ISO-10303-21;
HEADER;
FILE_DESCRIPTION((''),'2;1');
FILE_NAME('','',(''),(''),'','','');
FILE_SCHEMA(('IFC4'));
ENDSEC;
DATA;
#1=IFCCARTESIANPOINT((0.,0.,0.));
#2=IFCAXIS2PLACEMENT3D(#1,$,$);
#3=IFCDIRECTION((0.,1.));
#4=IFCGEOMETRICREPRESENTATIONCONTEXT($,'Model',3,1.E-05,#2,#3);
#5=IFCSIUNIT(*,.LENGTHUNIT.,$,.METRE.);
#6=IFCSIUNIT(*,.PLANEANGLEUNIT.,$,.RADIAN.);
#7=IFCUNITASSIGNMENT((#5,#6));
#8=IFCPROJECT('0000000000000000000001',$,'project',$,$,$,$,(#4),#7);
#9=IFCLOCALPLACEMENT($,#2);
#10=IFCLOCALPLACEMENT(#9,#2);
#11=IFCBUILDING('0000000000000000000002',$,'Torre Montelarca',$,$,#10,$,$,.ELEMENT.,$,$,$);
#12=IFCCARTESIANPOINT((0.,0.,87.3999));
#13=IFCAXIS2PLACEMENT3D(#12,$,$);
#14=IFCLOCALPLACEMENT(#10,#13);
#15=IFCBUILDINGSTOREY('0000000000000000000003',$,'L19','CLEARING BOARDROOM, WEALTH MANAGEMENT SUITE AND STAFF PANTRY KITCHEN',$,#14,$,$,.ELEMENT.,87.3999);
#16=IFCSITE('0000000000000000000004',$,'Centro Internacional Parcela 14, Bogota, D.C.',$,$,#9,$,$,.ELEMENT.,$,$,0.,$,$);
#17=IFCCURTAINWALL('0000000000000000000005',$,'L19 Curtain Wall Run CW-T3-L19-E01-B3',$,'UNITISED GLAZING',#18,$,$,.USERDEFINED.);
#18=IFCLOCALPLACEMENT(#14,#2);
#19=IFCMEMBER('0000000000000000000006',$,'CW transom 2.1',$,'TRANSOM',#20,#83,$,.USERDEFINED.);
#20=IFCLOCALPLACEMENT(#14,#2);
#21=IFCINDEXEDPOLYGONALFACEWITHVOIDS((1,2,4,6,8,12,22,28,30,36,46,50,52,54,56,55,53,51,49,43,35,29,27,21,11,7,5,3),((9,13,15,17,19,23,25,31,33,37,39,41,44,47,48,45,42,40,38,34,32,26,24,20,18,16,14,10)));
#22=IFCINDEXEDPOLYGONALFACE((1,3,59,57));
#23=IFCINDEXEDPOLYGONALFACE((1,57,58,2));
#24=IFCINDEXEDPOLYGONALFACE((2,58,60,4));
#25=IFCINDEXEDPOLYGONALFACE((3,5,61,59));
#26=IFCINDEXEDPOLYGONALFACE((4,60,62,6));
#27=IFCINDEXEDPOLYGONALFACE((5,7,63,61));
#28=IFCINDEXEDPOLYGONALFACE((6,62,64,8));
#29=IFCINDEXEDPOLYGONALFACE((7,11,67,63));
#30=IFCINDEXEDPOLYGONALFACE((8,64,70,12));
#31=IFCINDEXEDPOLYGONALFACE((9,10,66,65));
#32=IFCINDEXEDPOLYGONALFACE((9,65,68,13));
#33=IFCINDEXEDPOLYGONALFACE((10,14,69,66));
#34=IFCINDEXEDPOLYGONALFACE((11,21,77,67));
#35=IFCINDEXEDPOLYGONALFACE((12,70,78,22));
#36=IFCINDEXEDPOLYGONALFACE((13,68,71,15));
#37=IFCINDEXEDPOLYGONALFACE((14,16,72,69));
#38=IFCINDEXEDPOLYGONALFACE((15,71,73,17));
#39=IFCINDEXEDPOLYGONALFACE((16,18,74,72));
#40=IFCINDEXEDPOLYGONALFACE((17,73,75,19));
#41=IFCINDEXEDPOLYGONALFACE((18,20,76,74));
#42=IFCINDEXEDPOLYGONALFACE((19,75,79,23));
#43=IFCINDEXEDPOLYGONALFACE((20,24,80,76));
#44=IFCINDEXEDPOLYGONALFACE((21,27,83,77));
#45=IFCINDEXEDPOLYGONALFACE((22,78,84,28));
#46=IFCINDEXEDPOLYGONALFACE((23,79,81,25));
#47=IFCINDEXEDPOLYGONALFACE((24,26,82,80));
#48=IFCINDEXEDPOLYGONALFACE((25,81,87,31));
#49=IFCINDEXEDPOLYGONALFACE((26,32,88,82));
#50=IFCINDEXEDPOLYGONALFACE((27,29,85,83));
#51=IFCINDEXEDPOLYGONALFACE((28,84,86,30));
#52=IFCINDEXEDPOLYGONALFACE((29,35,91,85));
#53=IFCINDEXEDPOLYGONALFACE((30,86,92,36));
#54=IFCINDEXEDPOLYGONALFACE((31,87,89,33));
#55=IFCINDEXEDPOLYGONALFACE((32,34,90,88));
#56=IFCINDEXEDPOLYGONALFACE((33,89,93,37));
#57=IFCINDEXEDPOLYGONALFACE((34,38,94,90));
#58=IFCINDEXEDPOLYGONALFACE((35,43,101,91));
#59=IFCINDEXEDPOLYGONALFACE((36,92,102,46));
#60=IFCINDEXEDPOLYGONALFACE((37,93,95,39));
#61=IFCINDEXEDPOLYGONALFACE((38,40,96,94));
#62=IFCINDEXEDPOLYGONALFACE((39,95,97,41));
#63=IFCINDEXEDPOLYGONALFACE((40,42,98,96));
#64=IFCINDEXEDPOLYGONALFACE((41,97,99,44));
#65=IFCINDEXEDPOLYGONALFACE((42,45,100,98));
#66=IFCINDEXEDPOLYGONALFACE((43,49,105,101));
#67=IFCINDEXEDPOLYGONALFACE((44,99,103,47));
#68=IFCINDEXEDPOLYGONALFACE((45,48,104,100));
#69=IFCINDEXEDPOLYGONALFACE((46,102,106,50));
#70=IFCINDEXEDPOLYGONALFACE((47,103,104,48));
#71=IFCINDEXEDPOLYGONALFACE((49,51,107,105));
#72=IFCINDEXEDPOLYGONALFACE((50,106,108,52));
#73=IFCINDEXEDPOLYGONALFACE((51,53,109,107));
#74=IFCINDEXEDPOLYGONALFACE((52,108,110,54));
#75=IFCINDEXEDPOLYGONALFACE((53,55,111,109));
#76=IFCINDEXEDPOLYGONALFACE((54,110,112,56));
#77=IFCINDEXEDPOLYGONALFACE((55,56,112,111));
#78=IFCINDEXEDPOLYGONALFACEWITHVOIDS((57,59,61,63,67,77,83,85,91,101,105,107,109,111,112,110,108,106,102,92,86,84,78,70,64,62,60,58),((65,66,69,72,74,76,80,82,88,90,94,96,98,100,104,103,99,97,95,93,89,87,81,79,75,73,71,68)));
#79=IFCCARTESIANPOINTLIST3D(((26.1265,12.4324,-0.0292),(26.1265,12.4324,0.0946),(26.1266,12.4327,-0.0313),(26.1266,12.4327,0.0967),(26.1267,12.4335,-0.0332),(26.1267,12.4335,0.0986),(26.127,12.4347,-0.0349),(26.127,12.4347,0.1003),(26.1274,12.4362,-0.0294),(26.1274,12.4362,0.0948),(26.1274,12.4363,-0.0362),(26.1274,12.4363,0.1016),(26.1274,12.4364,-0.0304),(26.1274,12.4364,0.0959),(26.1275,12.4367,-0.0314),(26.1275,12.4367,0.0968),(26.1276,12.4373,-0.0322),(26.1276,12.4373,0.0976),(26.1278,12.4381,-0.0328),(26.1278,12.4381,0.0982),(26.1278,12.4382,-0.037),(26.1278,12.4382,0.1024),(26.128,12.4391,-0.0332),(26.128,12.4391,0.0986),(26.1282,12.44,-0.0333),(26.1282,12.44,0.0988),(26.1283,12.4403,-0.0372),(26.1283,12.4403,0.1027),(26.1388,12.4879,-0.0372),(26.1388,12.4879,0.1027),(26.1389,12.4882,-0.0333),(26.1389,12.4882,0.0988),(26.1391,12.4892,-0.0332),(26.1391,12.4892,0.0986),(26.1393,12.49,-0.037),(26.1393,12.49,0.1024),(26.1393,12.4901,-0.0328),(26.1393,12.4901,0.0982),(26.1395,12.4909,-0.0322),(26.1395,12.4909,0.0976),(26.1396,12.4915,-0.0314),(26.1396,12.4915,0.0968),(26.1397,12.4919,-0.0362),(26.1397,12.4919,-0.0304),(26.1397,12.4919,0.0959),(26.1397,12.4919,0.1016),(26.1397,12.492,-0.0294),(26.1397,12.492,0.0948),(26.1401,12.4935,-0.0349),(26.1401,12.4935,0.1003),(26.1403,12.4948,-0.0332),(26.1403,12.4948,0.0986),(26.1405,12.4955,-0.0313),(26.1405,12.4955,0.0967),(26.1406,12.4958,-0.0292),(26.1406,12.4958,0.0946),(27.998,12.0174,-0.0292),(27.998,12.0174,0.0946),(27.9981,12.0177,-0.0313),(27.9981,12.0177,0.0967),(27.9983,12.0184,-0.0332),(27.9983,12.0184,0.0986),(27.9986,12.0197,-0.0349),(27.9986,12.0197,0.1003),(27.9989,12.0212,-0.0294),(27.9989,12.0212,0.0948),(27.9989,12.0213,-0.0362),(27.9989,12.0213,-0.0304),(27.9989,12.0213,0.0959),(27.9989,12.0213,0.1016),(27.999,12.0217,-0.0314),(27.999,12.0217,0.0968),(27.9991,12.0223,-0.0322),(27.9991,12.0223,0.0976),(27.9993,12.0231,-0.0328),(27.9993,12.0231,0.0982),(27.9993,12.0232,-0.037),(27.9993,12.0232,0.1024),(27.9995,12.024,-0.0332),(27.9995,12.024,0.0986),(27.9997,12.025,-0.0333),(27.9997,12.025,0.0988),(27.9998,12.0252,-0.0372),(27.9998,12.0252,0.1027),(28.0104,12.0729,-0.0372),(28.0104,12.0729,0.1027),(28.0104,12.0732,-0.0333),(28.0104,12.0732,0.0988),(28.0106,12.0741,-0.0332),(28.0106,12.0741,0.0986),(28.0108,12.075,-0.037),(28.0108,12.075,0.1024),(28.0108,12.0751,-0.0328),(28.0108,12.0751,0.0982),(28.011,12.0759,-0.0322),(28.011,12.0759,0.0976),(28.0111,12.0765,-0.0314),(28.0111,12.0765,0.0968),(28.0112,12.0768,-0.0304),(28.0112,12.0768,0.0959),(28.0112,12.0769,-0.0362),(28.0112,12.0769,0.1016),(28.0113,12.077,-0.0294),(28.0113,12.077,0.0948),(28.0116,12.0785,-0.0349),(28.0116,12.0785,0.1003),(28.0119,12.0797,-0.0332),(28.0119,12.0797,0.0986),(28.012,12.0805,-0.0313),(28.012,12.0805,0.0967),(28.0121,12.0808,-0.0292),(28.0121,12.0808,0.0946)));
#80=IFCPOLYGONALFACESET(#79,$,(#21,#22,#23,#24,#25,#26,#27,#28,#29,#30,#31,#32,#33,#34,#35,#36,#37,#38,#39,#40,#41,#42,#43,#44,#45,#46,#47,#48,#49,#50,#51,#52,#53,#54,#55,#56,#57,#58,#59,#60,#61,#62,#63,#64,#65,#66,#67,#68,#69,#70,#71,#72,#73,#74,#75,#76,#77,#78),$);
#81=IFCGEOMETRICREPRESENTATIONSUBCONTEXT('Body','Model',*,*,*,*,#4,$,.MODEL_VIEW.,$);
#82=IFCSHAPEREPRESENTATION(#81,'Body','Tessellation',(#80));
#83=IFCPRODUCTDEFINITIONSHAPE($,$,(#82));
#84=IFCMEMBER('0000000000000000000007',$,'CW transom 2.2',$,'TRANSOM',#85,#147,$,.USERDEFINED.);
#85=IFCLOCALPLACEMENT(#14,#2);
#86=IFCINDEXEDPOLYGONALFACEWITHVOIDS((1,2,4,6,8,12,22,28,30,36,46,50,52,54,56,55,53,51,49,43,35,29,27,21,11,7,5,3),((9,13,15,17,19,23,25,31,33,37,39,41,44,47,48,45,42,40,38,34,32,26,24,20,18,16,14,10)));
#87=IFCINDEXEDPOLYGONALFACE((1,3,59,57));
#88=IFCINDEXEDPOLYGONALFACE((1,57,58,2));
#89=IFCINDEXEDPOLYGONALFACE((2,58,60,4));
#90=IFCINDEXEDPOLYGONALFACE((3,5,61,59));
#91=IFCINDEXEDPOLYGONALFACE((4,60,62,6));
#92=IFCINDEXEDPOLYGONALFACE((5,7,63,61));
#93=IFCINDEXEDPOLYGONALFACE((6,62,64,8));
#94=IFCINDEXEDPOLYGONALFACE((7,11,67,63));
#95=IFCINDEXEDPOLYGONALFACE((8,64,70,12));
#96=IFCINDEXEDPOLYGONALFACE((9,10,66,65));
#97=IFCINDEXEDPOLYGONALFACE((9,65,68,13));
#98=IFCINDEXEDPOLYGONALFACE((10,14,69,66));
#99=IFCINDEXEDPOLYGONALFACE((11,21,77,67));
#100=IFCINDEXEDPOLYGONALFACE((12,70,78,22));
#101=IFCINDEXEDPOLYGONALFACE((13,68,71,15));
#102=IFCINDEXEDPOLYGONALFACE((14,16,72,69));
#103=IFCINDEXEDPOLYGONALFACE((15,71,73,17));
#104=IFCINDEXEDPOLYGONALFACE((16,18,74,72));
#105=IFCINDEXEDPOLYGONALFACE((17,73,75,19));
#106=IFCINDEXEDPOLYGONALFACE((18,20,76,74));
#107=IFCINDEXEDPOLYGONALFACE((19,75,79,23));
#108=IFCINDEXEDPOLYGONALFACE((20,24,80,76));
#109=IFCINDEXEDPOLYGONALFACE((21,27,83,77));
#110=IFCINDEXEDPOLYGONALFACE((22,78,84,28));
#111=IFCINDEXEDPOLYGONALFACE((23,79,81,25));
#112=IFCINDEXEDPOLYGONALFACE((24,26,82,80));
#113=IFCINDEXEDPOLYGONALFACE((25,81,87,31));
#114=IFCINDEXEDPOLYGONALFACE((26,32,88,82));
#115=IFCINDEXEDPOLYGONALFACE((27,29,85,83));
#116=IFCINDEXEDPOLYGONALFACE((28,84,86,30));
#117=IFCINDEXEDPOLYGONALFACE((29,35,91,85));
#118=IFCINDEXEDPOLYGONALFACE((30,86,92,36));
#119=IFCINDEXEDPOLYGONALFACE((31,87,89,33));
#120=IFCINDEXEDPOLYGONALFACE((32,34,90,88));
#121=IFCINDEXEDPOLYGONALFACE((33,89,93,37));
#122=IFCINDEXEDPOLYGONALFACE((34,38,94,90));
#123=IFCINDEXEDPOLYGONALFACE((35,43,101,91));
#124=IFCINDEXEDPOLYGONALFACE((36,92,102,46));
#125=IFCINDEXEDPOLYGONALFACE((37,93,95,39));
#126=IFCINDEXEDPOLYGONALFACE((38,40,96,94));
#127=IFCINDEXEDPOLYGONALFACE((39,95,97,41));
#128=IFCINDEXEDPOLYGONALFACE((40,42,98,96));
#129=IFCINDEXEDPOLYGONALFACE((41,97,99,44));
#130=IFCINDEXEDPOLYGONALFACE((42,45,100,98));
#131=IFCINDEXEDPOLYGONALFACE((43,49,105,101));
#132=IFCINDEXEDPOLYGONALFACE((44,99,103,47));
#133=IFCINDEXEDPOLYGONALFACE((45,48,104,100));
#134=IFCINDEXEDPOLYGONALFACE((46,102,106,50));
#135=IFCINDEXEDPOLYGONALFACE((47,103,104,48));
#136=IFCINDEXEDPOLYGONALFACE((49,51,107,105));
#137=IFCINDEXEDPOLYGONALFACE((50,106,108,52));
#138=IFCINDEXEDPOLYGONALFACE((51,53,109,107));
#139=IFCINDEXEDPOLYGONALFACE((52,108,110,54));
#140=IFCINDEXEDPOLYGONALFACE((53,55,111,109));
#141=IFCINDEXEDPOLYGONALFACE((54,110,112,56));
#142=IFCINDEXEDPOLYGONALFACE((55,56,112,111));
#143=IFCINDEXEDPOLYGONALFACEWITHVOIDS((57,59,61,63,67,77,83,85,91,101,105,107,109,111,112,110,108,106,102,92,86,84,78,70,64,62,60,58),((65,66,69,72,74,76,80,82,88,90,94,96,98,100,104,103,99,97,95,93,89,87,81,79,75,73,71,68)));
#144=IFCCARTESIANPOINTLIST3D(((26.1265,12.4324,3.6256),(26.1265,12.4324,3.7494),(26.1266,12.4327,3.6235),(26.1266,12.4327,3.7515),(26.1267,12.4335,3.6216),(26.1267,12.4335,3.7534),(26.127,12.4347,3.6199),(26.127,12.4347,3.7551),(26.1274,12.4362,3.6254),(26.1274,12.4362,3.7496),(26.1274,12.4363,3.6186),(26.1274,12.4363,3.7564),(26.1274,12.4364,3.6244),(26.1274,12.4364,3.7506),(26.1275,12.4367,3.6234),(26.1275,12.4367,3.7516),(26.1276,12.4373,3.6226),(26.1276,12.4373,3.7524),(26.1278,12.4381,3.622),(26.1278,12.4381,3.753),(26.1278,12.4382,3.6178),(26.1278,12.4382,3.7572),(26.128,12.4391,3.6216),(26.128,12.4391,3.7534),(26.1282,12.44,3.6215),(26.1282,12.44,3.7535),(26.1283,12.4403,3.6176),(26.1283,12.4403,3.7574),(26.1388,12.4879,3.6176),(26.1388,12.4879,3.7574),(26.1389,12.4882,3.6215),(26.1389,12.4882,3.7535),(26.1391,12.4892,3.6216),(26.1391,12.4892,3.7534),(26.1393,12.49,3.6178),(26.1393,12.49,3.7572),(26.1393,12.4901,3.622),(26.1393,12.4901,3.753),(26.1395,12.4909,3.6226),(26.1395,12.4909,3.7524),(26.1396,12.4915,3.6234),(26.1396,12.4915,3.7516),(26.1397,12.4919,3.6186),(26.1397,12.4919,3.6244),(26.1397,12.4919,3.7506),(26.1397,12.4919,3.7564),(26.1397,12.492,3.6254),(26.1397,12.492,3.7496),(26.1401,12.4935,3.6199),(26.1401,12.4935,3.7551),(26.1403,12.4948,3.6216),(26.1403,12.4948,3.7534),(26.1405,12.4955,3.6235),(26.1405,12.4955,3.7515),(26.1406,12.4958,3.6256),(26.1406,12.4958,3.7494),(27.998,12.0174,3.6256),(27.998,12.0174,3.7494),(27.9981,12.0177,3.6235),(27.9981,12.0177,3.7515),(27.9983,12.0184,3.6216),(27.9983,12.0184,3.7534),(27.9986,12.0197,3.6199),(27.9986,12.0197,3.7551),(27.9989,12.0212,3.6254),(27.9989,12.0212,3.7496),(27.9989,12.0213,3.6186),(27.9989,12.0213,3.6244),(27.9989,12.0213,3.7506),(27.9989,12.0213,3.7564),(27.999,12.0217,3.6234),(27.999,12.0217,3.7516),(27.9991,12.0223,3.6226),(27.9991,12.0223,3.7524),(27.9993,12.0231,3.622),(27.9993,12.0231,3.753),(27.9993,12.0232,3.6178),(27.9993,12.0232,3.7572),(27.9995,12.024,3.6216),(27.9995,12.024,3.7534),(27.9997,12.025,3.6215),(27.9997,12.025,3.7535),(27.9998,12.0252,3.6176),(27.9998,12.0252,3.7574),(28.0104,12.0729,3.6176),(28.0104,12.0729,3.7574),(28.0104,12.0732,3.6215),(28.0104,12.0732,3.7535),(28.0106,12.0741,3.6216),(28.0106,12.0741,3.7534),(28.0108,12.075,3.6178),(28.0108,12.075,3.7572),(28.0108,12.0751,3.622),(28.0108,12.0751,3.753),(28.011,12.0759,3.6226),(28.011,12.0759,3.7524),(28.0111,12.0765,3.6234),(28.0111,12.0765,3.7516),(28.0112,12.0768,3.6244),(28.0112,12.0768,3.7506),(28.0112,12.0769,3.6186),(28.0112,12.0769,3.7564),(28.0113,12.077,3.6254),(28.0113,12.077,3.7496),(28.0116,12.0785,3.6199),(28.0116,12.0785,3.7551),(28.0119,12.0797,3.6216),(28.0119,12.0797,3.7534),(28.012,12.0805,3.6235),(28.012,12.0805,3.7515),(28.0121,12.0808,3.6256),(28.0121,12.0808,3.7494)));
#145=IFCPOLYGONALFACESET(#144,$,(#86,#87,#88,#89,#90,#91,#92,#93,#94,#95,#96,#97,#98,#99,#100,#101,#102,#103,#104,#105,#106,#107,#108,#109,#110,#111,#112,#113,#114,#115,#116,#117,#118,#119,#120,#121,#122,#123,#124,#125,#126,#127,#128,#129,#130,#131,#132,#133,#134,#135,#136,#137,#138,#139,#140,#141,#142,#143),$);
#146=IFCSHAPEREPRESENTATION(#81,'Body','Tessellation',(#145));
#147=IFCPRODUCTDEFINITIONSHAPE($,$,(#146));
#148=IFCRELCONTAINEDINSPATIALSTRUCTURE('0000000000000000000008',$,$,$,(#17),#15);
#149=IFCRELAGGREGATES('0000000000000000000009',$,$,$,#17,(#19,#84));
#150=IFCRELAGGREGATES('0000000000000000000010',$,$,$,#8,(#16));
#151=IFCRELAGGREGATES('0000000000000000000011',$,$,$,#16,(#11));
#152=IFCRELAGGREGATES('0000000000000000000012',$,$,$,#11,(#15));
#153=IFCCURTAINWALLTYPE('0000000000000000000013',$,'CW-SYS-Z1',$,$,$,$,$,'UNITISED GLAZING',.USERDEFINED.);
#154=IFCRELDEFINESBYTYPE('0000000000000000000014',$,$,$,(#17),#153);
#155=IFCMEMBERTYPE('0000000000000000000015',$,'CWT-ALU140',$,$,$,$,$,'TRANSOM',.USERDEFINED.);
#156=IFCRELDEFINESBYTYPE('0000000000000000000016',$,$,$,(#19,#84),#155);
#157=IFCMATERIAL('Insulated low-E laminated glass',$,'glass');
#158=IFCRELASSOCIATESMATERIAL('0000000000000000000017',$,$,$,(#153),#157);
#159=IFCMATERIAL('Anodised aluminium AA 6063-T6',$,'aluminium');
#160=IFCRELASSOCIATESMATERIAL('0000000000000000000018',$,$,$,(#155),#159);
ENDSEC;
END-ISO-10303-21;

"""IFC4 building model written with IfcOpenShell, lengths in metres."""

from ifc_helpers import new_model, si_unit, direction, frame, origin, origin_2d, place, context, subcontext, project, spatial, hollow_rectangle, extrude, source, transform, mapped, material, material_profile, profile_set, type_object, element, aggregate, save


model = new_model("IFC4")

# Units and contexts
model_context = context("Model", 3, precision=1e-05, world=origin(), true_north=direction((0.0, 1.0)))
body_context = subcontext(model_context, "Body", "Model", "MODEL_VIEW")
ifc_project = project(units=[si_unit("LENGTHUNIT", "METRE"), si_unit("PLANEANGLEUNIT", "RADIAN")], contexts=[model_context])

# Site, building, storey
site_placement = place(None, origin())
site = spatial("IfcSite", under=ifc_project, at=site_placement, Name="Centro Internacional Parcela 14, Bogota, D.C.", CompositionType="ELEMENT", RefElevation=0.0)
building_placement = place(site_placement, origin())
building = spatial("IfcBuilding", under=site, at=building_placement, Name="Torre Montelarca", CompositionType="ELEMENT")
storey_placement = place(building_placement, frame((0.0, 0.0, 87.3999)))
storey = spatial("IfcBuildingStorey", under=building, at=storey_placement, Name="L19", Description="CLEARING BOARDROOM, WEALTH MANAGEMENT SUITE AND STAFF PANTRY KITCHEN", CompositionType="ELEMENT", Elevation=87.3999)

# Curtain wall, members
ifc_material_1 = material(Name="Insulated low-E laminated glass", Category="glass")
curtain_wall_type = type_object("IfcCurtainWallType", Name="CW-SYS-Z1", ElementType="UNITISED GLAZING", PredefinedType="USERDEFINED", material=ifc_material_1)
curtain_wall_1_placement = place(storey_placement, origin())
curtain_wall_1 = element("IfcCurtainWall", 1, at=curtain_wall_1_placement, inside=storey, type_object=curtain_wall_type, Name="L19 Curtain Wall Run CW-T3-L19-E01-B3", ObjectType="UNITISED GLAZING", PredefinedType="USERDEFINED")
ifc_material_2 = material(Name="Anodised aluminium AA 6063-T6", Category="aluminium")
ifc_material_profile_1 = material_profile(ifc_material_2, hollow_rectangle(XDim=0.0649, YDim=0.1399, WallThickness=0.0039, InnerFilletRadius=0.0039, OuterFilletRadius=0.0081, at=origin_2d()), Name="ALU65X140X4", Category="aluminium")
ifc_profile_set_1 = profile_set([ifc_material_profile_1], Name="Anodised aluminium AA 6063-T6")
member_type_1 = type_object("IfcMemberType", Name="CWT-ALU140", ElementType="TRANSOM", PredefinedType="USERDEFINED", material=ifc_profile_set_1)
shared_shape_1 = source(origin(), body_context, "Body", "SweptSolid", [
    extrude(hollow_rectangle(XDim=0.0649, YDim=0.1399, WallThickness=0.0039, InnerFilletRadius=0.0039, OuterFilletRadius=0.0081, at=origin_2d()), origin(), (0.0, 0.0, 1.0), 1.917),
])
member_1_placement = place(storey_placement, frame((26.1335, 12.4641, 0.0327), z_axis=(0.976283, -0.216499, 0.0), x_axis=(0.216499, 0.976283, 0.0)))
member_1 = element("IfcMember", 2, at=member_1_placement, type_object=member_type_1, Name="CW transom 2.1", ObjectType="TRANSOM", PredefinedType="USERDEFINED", context=body_context, shape_type="MappedRepresentation", body=[
    mapped(shared_shape_1, transform((0.0, 0.0, 0.0), scale=1.0)),
])
member_2_placement = place(storey_placement, frame((26.1335, 12.4641, 3.6875), z_axis=(0.976283, -0.216499, 0.0), x_axis=(0.216499, 0.976283, 0.0)))
member_2 = element("IfcMember", 3, at=member_2_placement, type_object=member_type_1, Name="CW transom 2.2", ObjectType="TRANSOM", PredefinedType="USERDEFINED", context=body_context, shape_type="MappedRepresentation", body=[
    mapped(shared_shape_1, transform((0.0, 0.0, 0.0), scale=1.0)),
])

aggregate(curtain_wall_1, [member_1, member_2])

save(model, "model.ifc")
